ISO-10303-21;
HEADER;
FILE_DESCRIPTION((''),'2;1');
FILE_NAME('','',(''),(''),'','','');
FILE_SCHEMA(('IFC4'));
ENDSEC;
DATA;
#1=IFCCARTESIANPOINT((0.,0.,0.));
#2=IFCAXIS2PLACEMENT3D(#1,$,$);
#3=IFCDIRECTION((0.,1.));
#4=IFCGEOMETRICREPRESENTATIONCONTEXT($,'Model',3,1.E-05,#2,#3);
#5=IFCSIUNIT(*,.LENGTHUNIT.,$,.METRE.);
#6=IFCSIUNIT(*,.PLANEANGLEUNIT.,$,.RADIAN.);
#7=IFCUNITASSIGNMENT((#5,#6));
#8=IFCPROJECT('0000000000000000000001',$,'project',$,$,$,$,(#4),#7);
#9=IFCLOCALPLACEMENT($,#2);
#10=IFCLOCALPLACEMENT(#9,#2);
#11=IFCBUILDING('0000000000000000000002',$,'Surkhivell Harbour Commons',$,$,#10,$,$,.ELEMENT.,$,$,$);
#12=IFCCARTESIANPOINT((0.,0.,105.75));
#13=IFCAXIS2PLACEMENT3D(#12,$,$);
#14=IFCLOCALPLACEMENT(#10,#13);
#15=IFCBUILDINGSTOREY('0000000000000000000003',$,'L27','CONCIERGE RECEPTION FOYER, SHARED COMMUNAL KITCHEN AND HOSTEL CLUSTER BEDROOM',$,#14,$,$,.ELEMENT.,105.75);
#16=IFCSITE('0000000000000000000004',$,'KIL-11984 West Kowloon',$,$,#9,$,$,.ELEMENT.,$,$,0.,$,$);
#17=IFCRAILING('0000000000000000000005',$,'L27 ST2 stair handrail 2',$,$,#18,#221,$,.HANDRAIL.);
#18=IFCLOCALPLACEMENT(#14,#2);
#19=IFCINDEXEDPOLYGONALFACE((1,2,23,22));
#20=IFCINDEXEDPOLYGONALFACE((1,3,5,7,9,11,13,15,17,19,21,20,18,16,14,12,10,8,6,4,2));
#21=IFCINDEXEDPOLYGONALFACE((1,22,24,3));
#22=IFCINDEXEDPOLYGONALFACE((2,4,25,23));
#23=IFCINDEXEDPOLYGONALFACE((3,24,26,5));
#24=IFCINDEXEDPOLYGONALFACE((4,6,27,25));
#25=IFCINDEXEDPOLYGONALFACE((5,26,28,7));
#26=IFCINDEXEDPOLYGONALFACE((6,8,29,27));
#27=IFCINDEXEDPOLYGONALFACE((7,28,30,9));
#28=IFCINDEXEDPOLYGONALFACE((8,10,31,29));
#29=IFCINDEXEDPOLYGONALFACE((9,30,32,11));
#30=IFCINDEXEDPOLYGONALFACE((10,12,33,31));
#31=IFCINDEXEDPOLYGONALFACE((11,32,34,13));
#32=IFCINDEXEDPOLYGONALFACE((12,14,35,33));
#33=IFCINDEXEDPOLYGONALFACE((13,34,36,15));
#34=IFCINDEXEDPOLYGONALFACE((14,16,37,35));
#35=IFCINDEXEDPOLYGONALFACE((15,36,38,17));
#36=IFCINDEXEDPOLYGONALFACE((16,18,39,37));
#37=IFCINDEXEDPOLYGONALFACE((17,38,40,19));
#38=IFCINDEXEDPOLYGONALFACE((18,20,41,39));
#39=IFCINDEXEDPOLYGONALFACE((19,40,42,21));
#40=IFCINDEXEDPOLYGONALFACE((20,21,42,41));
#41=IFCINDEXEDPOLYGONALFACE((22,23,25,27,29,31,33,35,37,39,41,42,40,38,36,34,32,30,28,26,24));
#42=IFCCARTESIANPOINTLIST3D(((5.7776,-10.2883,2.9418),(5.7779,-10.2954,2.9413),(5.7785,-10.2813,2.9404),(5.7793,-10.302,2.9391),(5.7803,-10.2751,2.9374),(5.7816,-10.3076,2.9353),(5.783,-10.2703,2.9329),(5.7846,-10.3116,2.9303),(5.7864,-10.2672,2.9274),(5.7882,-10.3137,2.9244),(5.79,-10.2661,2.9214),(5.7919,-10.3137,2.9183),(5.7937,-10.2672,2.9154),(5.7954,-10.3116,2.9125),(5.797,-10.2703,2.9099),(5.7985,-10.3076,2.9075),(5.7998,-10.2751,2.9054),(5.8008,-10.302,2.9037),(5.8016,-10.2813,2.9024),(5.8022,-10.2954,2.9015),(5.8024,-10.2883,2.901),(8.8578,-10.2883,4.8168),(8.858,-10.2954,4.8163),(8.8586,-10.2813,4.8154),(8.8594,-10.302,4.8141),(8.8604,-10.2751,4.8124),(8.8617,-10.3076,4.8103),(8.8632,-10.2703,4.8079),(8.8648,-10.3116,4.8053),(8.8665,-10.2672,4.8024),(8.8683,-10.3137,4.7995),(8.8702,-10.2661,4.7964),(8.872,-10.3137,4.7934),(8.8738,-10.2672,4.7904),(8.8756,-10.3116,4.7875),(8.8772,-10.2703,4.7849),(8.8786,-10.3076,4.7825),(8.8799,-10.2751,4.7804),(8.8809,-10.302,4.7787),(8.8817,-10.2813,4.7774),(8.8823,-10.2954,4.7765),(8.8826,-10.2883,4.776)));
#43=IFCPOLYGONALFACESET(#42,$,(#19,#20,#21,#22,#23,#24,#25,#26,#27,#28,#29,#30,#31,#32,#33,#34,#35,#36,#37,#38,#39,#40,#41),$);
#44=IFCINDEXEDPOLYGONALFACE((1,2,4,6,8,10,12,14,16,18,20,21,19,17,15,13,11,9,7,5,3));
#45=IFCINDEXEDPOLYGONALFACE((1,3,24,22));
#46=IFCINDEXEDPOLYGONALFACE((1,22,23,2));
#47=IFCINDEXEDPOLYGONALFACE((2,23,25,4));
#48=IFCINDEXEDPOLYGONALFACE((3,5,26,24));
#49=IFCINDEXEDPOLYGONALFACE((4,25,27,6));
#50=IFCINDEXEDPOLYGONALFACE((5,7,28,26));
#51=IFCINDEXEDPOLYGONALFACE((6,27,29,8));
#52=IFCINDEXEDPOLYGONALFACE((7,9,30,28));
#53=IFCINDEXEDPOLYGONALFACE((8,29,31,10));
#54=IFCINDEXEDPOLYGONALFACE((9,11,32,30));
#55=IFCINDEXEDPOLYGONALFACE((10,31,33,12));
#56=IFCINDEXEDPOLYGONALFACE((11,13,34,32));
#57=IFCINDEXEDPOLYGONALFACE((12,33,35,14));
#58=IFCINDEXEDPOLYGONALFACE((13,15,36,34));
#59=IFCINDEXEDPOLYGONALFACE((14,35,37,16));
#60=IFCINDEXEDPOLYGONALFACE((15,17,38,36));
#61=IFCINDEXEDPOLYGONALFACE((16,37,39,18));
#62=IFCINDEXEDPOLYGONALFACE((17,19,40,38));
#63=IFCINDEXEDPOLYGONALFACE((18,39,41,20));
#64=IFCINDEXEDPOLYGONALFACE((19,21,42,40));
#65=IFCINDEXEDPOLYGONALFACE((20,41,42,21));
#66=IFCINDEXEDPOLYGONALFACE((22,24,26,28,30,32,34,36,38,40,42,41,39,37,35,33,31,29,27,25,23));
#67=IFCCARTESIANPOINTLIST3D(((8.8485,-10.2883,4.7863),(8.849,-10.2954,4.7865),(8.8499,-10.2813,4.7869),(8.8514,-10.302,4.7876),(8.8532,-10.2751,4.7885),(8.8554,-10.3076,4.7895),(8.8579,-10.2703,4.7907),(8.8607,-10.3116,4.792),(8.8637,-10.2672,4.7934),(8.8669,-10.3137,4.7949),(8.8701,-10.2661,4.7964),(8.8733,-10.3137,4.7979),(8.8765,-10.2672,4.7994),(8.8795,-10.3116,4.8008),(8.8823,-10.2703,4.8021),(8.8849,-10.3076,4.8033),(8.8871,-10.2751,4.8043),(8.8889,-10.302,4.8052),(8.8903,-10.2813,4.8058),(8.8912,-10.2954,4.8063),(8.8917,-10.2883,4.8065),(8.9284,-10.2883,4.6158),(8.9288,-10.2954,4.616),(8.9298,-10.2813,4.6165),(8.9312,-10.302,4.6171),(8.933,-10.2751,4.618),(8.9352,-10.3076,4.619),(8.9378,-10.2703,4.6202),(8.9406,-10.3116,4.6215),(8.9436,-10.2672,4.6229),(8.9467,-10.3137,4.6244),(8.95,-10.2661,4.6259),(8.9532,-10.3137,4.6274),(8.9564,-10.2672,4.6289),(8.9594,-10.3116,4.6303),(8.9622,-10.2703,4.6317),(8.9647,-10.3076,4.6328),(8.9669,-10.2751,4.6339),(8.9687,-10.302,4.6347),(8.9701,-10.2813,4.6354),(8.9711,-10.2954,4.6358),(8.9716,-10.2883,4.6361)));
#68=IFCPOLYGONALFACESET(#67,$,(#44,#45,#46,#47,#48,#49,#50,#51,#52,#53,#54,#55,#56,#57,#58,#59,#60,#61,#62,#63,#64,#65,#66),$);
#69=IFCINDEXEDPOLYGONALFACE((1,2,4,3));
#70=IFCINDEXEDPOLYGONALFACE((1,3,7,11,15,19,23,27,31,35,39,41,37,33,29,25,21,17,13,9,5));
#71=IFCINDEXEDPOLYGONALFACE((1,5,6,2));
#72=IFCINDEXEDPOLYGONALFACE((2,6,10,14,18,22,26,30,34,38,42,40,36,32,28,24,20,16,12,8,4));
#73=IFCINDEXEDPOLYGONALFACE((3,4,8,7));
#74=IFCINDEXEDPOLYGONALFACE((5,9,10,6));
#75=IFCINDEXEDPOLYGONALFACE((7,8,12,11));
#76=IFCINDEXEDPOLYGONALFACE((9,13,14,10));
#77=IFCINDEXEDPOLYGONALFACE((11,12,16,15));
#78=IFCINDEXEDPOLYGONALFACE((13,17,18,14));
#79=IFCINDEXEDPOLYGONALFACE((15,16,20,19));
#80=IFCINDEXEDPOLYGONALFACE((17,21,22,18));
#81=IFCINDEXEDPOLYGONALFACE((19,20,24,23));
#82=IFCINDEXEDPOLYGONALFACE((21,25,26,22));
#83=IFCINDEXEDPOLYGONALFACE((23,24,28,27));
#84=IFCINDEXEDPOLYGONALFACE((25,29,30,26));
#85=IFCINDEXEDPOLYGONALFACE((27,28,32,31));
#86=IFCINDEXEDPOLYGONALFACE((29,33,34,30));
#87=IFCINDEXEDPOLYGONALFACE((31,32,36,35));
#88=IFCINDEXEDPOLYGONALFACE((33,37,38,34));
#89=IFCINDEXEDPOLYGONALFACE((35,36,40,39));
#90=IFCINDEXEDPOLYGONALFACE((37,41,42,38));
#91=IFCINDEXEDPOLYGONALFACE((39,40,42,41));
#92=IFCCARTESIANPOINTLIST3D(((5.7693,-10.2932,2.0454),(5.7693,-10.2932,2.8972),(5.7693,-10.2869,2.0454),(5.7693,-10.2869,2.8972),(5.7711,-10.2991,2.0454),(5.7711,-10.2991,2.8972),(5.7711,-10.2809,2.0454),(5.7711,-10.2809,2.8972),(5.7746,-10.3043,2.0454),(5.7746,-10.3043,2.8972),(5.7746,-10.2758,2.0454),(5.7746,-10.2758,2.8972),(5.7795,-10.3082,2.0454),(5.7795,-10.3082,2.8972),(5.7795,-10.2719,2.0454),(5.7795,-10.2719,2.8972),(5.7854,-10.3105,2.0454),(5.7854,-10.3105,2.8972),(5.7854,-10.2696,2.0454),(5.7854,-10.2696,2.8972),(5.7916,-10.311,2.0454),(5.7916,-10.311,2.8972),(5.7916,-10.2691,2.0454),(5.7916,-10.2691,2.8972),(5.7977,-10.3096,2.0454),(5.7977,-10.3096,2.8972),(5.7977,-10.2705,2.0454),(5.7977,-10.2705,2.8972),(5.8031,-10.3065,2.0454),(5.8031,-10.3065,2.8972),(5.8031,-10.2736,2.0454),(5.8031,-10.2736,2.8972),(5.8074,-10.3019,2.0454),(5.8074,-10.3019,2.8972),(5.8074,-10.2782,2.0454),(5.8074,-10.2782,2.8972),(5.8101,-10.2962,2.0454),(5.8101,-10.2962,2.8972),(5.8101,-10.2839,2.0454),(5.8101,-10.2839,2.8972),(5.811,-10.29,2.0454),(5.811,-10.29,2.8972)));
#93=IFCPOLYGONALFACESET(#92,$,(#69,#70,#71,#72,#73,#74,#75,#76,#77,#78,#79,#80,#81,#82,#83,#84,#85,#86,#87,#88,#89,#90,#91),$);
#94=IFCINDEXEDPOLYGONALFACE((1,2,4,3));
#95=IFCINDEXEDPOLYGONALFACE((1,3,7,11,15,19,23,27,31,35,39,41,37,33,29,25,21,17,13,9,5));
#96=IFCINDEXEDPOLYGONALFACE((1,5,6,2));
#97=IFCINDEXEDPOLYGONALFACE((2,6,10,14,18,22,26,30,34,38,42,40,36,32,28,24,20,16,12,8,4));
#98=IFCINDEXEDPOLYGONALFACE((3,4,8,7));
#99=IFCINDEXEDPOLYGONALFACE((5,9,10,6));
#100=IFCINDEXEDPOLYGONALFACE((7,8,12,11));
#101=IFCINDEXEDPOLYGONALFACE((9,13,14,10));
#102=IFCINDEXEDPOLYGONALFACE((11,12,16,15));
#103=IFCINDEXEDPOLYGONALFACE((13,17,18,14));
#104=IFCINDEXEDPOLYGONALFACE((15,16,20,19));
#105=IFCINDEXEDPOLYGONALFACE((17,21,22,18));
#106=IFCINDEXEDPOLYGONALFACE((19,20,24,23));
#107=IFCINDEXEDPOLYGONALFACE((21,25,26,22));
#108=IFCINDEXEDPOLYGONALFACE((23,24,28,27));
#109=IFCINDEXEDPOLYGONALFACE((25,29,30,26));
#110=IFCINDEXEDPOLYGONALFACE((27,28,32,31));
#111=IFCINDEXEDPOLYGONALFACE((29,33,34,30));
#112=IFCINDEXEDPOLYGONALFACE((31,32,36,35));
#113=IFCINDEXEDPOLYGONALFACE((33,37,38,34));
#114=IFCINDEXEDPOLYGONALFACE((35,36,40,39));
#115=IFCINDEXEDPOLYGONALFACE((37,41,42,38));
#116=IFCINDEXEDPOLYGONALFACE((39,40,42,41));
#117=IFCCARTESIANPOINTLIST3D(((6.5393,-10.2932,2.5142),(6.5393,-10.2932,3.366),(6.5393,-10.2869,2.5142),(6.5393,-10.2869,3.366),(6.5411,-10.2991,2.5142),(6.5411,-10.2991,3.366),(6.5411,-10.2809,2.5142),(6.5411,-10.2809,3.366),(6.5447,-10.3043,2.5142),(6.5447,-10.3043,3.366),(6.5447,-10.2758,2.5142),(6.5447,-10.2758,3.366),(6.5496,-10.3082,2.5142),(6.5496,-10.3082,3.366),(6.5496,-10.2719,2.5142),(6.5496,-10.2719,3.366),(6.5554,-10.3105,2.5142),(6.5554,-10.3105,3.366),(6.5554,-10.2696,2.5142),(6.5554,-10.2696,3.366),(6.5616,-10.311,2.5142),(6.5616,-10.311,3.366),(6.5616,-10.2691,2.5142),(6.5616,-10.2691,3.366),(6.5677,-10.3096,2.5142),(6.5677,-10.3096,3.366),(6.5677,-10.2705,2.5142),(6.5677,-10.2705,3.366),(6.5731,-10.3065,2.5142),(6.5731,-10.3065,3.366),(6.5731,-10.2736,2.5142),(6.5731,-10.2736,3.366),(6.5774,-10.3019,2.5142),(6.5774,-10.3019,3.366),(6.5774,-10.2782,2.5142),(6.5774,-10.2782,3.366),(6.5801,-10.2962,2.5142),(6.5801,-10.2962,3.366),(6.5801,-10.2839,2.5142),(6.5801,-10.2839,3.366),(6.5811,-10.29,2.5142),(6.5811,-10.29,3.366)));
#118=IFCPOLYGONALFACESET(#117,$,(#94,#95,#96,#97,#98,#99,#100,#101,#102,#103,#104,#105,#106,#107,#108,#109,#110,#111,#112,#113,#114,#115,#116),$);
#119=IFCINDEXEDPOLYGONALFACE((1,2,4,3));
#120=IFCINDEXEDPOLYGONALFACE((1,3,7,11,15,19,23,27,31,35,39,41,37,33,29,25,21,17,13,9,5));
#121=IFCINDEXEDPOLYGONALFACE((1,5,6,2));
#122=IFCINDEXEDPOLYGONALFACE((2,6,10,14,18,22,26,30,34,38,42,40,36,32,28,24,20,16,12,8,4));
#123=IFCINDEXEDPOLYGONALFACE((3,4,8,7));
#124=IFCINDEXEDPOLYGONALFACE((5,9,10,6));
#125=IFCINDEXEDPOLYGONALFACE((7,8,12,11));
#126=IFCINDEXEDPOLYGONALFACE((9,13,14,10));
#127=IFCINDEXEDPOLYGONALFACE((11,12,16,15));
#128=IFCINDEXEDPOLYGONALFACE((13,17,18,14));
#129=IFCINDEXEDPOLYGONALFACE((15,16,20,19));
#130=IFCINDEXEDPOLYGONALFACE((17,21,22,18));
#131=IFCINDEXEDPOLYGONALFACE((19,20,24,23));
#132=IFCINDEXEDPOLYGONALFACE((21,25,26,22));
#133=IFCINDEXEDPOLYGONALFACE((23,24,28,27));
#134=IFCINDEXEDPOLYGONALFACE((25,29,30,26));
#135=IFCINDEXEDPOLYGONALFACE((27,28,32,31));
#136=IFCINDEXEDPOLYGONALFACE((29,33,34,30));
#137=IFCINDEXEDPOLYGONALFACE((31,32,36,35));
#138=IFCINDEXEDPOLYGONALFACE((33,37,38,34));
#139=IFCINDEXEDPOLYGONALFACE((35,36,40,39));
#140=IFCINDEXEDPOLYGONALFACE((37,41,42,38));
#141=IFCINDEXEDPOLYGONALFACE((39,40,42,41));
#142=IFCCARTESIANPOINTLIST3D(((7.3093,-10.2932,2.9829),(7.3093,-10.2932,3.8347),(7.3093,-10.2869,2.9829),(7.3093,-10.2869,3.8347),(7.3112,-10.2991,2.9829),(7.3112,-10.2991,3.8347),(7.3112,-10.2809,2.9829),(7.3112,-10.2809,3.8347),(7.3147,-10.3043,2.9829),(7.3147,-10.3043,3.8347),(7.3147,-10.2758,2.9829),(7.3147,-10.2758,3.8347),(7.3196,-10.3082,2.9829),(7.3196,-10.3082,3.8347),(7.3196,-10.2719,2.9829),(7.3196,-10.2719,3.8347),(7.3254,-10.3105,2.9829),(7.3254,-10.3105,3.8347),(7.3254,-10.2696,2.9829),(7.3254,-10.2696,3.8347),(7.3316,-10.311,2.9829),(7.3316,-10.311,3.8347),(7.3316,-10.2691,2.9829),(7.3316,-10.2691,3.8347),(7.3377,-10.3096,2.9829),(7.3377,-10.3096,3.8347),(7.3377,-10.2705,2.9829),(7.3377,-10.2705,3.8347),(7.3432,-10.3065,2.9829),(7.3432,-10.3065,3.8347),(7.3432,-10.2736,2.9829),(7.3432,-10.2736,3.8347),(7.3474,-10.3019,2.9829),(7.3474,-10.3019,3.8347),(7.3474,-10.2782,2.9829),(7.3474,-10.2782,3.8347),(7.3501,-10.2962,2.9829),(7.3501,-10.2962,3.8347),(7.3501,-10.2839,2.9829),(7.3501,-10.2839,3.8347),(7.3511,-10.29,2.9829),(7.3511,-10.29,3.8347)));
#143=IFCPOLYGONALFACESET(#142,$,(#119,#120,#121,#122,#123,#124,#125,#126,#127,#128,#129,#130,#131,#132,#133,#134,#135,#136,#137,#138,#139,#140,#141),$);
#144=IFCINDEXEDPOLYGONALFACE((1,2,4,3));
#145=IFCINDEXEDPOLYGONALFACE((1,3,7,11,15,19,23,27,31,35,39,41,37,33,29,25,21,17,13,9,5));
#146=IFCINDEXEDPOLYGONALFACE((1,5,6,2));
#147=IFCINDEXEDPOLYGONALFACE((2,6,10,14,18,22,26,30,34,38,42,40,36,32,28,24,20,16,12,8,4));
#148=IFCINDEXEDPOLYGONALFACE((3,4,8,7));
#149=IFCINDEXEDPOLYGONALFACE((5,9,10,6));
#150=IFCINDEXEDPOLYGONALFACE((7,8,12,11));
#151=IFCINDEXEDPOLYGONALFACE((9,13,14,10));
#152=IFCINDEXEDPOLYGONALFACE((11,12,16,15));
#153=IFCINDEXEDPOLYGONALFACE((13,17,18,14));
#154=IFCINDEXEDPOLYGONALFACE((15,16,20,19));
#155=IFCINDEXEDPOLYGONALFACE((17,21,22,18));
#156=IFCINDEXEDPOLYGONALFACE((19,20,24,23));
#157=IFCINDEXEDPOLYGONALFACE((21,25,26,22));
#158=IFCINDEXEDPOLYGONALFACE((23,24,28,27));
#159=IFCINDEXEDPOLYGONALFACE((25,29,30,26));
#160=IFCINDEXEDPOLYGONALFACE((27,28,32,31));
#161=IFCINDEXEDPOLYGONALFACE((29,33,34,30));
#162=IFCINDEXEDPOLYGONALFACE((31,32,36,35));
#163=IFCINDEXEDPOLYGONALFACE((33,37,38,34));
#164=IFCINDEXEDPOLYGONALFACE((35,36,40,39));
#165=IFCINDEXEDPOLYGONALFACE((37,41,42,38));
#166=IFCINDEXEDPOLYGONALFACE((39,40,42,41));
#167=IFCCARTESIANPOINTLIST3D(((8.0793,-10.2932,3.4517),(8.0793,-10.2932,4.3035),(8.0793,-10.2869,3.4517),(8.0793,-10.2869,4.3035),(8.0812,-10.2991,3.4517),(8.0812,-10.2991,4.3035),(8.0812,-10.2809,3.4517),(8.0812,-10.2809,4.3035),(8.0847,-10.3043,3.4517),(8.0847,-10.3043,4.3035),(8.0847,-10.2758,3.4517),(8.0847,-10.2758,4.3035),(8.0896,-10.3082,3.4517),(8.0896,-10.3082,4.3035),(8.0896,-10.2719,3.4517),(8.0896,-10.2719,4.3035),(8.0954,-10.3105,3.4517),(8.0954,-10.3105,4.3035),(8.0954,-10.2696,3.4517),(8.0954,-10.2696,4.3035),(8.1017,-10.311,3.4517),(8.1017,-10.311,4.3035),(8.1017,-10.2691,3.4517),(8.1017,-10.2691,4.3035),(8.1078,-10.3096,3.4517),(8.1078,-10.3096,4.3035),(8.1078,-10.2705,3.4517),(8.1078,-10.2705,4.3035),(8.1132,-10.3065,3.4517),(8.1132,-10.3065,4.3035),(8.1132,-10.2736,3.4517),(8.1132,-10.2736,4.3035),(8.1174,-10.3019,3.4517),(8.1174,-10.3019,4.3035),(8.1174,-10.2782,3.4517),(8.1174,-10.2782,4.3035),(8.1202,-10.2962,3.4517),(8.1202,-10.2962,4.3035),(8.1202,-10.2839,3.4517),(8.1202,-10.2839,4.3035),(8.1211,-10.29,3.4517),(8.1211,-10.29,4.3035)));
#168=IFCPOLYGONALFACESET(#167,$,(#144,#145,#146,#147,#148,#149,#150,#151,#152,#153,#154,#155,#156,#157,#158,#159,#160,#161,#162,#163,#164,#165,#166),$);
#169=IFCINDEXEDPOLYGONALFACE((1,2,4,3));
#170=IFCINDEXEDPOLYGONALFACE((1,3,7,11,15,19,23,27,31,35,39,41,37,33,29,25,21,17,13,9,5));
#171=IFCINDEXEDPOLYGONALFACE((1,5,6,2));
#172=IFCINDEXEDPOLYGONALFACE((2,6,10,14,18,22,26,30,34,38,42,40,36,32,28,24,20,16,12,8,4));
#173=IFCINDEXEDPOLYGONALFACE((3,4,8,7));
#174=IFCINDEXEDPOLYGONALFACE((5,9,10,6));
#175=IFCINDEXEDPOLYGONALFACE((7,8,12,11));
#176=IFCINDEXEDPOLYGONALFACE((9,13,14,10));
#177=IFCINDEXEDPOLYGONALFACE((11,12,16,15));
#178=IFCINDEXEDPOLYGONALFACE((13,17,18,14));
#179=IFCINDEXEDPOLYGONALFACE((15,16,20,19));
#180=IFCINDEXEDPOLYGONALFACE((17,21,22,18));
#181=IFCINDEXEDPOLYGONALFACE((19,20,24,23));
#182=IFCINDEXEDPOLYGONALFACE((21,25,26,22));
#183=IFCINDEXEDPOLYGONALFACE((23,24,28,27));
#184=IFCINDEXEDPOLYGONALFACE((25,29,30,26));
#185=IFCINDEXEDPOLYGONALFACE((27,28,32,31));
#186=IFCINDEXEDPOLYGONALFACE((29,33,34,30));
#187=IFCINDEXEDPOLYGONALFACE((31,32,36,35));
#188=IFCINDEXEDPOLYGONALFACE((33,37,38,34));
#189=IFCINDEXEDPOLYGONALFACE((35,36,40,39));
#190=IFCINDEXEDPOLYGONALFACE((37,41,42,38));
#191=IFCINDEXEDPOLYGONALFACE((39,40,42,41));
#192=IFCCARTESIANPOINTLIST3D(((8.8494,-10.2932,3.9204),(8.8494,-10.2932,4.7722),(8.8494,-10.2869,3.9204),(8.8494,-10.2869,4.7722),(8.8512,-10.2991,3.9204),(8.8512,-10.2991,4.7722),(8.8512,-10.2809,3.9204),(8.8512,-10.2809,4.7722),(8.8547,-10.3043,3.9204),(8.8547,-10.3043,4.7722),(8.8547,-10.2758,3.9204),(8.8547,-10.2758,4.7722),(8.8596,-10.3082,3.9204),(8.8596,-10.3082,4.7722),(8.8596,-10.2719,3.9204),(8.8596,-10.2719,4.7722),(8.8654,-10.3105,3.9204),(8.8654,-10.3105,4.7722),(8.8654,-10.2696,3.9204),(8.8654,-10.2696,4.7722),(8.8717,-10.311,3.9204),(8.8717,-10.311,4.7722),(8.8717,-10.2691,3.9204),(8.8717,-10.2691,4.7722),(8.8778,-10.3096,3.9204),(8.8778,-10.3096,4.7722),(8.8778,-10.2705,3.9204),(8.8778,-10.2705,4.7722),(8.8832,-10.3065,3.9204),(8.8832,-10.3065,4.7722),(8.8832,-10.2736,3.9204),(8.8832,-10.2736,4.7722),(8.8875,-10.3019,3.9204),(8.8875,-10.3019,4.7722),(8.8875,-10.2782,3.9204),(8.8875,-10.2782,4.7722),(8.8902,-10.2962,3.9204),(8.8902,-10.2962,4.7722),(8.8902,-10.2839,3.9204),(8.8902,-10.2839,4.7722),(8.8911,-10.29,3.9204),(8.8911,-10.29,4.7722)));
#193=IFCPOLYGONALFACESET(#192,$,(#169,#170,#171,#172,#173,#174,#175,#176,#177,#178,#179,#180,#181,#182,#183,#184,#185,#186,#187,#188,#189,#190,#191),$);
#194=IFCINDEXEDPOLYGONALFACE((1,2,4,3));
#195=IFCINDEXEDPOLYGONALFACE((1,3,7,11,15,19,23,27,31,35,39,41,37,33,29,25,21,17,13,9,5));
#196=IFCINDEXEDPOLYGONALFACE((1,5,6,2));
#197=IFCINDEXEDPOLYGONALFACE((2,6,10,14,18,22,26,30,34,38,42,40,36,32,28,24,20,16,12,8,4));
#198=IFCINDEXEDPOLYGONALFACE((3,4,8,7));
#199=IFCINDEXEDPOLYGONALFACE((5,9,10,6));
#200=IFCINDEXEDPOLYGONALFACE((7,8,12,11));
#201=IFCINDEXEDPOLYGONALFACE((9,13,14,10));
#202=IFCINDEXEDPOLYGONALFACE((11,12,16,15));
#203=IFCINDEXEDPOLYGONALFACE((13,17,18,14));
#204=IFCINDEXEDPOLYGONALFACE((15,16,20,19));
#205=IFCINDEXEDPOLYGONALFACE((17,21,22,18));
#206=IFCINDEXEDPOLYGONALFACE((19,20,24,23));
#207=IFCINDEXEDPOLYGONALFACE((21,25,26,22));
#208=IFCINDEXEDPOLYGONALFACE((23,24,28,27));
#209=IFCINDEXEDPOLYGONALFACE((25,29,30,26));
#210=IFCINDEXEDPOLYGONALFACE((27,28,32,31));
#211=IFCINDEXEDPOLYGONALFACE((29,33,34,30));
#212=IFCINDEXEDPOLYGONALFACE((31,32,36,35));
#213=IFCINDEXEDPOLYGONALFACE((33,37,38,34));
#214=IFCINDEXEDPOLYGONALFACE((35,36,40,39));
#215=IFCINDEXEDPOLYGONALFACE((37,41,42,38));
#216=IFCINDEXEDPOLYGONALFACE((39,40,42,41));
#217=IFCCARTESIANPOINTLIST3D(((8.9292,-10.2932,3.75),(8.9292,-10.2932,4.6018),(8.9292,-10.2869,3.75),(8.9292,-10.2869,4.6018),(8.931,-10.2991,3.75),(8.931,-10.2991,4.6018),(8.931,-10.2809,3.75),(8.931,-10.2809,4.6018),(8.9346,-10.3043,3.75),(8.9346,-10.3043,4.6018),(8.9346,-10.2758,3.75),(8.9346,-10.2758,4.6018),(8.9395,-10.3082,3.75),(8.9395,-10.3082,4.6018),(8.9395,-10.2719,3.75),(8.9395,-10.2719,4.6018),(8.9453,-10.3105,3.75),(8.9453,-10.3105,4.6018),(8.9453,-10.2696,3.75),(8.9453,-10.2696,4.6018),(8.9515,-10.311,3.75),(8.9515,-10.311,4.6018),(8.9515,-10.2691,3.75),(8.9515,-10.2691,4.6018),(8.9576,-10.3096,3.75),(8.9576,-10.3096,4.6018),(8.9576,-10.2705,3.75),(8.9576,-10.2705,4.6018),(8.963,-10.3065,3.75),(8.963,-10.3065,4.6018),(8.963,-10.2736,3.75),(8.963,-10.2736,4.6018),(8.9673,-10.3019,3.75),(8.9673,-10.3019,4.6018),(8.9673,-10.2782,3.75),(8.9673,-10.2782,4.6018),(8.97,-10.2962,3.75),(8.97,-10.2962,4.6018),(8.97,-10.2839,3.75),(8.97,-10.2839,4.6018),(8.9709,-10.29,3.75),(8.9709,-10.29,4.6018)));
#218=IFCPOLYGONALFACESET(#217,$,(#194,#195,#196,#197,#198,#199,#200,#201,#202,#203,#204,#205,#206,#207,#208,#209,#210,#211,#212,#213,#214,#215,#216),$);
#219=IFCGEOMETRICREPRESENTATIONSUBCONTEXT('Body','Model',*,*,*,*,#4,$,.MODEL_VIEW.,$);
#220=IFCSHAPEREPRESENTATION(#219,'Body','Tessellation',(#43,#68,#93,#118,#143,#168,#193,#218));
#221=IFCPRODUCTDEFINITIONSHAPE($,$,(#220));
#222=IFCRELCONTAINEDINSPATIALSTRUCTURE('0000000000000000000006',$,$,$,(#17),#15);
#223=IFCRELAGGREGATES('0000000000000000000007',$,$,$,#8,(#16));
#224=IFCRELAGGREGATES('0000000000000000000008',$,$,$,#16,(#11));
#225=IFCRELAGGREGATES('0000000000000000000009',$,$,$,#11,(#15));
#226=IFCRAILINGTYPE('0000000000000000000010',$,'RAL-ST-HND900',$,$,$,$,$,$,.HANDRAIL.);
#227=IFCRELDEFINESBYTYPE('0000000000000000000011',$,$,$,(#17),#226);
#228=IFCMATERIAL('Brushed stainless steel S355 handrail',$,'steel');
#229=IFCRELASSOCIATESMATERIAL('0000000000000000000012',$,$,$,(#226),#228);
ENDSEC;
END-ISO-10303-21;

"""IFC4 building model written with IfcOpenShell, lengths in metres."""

from ifc_helpers import new_model, si_unit, direction, frame, origin, origin_2d, place, context, subcontext, project, spatial, circle, extrude, material, type_object, element, save


model = new_model("IFC4")

# Units and contexts
model_context = context("Model", 3, precision=1e-05, world=origin(), true_north=direction((0.0, 1.0)))
body_context = subcontext(model_context, "Body", "Model", "MODEL_VIEW")
ifc_project = project(units=[si_unit("LENGTHUNIT", "METRE"), si_unit("PLANEANGLEUNIT", "RADIAN")], contexts=[model_context])

# Site, building, storey
site_placement = place(None, origin())
site = spatial("IfcSite", under=ifc_project, at=site_placement, Name="KIL-11984 West Kowloon", CompositionType="ELEMENT", RefElevation=0.0)
building_placement = place(site_placement, origin())
building = spatial("IfcBuilding", under=site, at=building_placement, Name="Surkhivell Harbour Commons", CompositionType="ELEMENT")
storey_placement = place(building_placement, frame((0.0, 0.0, 105.75)))
storey = spatial("IfcBuildingStorey", under=building, at=storey_placement, Name="L27", Description="CONCIERGE RECEPTION FOYER, SHARED COMMUNAL KITCHEN AND HOSTEL CLUSTER BEDROOM", CompositionType="ELEMENT", Elevation=105.75)

# Railing
ifc_material_1 = material(Name="Brushed stainless steel S355 handrail", Category="steel")
railing_type = type_object("IfcRailingType", Name="RAL-ST-HND900", PredefinedType="HANDRAIL", material=ifc_material_1)
railing_placement = place(storey_placement, frame((5.79, -10.29, 2.0454)))
element("IfcRailing", 1, at=railing_placement, inside=storey, type_object=railing_type, Name="L27 ST2 stair handrail 2", PredefinedType="HANDRAIL", context=body_context, shape_type="SweptSolid", body=[
    extrude(circle(Radius=0.0239, at=origin_2d()), frame((0.0, 0.0, 0.876), z_axis=(0.854178, 0.0, 0.519981), x_axis=(0.0, 1.0, 0.0)), (0.0, 0.0, 1.0), 3.606),
    extrude(circle(Radius=0.0239, at=origin_2d()), frame((3.0801, 0.0, 2.751), z_axis=(0.424234, 0.0, -0.905552), x_axis=(0.0, 1.0, 0.0)), (0.0, 0.0, 1.0), 0.1882),
    extrude(circle(Radius=0.021, at=origin_2d()), origin(), (0.0, 0.0, 1.0), 0.8518),
    extrude(circle(Radius=0.021, at=origin_2d()), frame((0.77, 0.0, 0.4688)), (0.0, 0.0, 1.0), 0.8518),
    extrude(circle(Radius=0.021, at=origin_2d()), frame((1.54, 0.0, 0.9375)), (0.0, 0.0, 1.0), 0.8518),
    extrude(circle(Radius=0.021, at=origin_2d()), frame((2.3101, 0.0, 1.4062)), (0.0, 0.0, 1.0), 0.8518),
    extrude(circle(Radius=0.021, at=origin_2d()), frame((3.0801, 0.0, 1.875)), (0.0, 0.0, 1.0), 0.8518),
    extrude(circle(Radius=0.021, at=origin_2d()), frame((3.1599, 0.0, 1.7046)), (0.0, 0.0, 1.0), 0.8518),
])

save(model, "model.ifc")
